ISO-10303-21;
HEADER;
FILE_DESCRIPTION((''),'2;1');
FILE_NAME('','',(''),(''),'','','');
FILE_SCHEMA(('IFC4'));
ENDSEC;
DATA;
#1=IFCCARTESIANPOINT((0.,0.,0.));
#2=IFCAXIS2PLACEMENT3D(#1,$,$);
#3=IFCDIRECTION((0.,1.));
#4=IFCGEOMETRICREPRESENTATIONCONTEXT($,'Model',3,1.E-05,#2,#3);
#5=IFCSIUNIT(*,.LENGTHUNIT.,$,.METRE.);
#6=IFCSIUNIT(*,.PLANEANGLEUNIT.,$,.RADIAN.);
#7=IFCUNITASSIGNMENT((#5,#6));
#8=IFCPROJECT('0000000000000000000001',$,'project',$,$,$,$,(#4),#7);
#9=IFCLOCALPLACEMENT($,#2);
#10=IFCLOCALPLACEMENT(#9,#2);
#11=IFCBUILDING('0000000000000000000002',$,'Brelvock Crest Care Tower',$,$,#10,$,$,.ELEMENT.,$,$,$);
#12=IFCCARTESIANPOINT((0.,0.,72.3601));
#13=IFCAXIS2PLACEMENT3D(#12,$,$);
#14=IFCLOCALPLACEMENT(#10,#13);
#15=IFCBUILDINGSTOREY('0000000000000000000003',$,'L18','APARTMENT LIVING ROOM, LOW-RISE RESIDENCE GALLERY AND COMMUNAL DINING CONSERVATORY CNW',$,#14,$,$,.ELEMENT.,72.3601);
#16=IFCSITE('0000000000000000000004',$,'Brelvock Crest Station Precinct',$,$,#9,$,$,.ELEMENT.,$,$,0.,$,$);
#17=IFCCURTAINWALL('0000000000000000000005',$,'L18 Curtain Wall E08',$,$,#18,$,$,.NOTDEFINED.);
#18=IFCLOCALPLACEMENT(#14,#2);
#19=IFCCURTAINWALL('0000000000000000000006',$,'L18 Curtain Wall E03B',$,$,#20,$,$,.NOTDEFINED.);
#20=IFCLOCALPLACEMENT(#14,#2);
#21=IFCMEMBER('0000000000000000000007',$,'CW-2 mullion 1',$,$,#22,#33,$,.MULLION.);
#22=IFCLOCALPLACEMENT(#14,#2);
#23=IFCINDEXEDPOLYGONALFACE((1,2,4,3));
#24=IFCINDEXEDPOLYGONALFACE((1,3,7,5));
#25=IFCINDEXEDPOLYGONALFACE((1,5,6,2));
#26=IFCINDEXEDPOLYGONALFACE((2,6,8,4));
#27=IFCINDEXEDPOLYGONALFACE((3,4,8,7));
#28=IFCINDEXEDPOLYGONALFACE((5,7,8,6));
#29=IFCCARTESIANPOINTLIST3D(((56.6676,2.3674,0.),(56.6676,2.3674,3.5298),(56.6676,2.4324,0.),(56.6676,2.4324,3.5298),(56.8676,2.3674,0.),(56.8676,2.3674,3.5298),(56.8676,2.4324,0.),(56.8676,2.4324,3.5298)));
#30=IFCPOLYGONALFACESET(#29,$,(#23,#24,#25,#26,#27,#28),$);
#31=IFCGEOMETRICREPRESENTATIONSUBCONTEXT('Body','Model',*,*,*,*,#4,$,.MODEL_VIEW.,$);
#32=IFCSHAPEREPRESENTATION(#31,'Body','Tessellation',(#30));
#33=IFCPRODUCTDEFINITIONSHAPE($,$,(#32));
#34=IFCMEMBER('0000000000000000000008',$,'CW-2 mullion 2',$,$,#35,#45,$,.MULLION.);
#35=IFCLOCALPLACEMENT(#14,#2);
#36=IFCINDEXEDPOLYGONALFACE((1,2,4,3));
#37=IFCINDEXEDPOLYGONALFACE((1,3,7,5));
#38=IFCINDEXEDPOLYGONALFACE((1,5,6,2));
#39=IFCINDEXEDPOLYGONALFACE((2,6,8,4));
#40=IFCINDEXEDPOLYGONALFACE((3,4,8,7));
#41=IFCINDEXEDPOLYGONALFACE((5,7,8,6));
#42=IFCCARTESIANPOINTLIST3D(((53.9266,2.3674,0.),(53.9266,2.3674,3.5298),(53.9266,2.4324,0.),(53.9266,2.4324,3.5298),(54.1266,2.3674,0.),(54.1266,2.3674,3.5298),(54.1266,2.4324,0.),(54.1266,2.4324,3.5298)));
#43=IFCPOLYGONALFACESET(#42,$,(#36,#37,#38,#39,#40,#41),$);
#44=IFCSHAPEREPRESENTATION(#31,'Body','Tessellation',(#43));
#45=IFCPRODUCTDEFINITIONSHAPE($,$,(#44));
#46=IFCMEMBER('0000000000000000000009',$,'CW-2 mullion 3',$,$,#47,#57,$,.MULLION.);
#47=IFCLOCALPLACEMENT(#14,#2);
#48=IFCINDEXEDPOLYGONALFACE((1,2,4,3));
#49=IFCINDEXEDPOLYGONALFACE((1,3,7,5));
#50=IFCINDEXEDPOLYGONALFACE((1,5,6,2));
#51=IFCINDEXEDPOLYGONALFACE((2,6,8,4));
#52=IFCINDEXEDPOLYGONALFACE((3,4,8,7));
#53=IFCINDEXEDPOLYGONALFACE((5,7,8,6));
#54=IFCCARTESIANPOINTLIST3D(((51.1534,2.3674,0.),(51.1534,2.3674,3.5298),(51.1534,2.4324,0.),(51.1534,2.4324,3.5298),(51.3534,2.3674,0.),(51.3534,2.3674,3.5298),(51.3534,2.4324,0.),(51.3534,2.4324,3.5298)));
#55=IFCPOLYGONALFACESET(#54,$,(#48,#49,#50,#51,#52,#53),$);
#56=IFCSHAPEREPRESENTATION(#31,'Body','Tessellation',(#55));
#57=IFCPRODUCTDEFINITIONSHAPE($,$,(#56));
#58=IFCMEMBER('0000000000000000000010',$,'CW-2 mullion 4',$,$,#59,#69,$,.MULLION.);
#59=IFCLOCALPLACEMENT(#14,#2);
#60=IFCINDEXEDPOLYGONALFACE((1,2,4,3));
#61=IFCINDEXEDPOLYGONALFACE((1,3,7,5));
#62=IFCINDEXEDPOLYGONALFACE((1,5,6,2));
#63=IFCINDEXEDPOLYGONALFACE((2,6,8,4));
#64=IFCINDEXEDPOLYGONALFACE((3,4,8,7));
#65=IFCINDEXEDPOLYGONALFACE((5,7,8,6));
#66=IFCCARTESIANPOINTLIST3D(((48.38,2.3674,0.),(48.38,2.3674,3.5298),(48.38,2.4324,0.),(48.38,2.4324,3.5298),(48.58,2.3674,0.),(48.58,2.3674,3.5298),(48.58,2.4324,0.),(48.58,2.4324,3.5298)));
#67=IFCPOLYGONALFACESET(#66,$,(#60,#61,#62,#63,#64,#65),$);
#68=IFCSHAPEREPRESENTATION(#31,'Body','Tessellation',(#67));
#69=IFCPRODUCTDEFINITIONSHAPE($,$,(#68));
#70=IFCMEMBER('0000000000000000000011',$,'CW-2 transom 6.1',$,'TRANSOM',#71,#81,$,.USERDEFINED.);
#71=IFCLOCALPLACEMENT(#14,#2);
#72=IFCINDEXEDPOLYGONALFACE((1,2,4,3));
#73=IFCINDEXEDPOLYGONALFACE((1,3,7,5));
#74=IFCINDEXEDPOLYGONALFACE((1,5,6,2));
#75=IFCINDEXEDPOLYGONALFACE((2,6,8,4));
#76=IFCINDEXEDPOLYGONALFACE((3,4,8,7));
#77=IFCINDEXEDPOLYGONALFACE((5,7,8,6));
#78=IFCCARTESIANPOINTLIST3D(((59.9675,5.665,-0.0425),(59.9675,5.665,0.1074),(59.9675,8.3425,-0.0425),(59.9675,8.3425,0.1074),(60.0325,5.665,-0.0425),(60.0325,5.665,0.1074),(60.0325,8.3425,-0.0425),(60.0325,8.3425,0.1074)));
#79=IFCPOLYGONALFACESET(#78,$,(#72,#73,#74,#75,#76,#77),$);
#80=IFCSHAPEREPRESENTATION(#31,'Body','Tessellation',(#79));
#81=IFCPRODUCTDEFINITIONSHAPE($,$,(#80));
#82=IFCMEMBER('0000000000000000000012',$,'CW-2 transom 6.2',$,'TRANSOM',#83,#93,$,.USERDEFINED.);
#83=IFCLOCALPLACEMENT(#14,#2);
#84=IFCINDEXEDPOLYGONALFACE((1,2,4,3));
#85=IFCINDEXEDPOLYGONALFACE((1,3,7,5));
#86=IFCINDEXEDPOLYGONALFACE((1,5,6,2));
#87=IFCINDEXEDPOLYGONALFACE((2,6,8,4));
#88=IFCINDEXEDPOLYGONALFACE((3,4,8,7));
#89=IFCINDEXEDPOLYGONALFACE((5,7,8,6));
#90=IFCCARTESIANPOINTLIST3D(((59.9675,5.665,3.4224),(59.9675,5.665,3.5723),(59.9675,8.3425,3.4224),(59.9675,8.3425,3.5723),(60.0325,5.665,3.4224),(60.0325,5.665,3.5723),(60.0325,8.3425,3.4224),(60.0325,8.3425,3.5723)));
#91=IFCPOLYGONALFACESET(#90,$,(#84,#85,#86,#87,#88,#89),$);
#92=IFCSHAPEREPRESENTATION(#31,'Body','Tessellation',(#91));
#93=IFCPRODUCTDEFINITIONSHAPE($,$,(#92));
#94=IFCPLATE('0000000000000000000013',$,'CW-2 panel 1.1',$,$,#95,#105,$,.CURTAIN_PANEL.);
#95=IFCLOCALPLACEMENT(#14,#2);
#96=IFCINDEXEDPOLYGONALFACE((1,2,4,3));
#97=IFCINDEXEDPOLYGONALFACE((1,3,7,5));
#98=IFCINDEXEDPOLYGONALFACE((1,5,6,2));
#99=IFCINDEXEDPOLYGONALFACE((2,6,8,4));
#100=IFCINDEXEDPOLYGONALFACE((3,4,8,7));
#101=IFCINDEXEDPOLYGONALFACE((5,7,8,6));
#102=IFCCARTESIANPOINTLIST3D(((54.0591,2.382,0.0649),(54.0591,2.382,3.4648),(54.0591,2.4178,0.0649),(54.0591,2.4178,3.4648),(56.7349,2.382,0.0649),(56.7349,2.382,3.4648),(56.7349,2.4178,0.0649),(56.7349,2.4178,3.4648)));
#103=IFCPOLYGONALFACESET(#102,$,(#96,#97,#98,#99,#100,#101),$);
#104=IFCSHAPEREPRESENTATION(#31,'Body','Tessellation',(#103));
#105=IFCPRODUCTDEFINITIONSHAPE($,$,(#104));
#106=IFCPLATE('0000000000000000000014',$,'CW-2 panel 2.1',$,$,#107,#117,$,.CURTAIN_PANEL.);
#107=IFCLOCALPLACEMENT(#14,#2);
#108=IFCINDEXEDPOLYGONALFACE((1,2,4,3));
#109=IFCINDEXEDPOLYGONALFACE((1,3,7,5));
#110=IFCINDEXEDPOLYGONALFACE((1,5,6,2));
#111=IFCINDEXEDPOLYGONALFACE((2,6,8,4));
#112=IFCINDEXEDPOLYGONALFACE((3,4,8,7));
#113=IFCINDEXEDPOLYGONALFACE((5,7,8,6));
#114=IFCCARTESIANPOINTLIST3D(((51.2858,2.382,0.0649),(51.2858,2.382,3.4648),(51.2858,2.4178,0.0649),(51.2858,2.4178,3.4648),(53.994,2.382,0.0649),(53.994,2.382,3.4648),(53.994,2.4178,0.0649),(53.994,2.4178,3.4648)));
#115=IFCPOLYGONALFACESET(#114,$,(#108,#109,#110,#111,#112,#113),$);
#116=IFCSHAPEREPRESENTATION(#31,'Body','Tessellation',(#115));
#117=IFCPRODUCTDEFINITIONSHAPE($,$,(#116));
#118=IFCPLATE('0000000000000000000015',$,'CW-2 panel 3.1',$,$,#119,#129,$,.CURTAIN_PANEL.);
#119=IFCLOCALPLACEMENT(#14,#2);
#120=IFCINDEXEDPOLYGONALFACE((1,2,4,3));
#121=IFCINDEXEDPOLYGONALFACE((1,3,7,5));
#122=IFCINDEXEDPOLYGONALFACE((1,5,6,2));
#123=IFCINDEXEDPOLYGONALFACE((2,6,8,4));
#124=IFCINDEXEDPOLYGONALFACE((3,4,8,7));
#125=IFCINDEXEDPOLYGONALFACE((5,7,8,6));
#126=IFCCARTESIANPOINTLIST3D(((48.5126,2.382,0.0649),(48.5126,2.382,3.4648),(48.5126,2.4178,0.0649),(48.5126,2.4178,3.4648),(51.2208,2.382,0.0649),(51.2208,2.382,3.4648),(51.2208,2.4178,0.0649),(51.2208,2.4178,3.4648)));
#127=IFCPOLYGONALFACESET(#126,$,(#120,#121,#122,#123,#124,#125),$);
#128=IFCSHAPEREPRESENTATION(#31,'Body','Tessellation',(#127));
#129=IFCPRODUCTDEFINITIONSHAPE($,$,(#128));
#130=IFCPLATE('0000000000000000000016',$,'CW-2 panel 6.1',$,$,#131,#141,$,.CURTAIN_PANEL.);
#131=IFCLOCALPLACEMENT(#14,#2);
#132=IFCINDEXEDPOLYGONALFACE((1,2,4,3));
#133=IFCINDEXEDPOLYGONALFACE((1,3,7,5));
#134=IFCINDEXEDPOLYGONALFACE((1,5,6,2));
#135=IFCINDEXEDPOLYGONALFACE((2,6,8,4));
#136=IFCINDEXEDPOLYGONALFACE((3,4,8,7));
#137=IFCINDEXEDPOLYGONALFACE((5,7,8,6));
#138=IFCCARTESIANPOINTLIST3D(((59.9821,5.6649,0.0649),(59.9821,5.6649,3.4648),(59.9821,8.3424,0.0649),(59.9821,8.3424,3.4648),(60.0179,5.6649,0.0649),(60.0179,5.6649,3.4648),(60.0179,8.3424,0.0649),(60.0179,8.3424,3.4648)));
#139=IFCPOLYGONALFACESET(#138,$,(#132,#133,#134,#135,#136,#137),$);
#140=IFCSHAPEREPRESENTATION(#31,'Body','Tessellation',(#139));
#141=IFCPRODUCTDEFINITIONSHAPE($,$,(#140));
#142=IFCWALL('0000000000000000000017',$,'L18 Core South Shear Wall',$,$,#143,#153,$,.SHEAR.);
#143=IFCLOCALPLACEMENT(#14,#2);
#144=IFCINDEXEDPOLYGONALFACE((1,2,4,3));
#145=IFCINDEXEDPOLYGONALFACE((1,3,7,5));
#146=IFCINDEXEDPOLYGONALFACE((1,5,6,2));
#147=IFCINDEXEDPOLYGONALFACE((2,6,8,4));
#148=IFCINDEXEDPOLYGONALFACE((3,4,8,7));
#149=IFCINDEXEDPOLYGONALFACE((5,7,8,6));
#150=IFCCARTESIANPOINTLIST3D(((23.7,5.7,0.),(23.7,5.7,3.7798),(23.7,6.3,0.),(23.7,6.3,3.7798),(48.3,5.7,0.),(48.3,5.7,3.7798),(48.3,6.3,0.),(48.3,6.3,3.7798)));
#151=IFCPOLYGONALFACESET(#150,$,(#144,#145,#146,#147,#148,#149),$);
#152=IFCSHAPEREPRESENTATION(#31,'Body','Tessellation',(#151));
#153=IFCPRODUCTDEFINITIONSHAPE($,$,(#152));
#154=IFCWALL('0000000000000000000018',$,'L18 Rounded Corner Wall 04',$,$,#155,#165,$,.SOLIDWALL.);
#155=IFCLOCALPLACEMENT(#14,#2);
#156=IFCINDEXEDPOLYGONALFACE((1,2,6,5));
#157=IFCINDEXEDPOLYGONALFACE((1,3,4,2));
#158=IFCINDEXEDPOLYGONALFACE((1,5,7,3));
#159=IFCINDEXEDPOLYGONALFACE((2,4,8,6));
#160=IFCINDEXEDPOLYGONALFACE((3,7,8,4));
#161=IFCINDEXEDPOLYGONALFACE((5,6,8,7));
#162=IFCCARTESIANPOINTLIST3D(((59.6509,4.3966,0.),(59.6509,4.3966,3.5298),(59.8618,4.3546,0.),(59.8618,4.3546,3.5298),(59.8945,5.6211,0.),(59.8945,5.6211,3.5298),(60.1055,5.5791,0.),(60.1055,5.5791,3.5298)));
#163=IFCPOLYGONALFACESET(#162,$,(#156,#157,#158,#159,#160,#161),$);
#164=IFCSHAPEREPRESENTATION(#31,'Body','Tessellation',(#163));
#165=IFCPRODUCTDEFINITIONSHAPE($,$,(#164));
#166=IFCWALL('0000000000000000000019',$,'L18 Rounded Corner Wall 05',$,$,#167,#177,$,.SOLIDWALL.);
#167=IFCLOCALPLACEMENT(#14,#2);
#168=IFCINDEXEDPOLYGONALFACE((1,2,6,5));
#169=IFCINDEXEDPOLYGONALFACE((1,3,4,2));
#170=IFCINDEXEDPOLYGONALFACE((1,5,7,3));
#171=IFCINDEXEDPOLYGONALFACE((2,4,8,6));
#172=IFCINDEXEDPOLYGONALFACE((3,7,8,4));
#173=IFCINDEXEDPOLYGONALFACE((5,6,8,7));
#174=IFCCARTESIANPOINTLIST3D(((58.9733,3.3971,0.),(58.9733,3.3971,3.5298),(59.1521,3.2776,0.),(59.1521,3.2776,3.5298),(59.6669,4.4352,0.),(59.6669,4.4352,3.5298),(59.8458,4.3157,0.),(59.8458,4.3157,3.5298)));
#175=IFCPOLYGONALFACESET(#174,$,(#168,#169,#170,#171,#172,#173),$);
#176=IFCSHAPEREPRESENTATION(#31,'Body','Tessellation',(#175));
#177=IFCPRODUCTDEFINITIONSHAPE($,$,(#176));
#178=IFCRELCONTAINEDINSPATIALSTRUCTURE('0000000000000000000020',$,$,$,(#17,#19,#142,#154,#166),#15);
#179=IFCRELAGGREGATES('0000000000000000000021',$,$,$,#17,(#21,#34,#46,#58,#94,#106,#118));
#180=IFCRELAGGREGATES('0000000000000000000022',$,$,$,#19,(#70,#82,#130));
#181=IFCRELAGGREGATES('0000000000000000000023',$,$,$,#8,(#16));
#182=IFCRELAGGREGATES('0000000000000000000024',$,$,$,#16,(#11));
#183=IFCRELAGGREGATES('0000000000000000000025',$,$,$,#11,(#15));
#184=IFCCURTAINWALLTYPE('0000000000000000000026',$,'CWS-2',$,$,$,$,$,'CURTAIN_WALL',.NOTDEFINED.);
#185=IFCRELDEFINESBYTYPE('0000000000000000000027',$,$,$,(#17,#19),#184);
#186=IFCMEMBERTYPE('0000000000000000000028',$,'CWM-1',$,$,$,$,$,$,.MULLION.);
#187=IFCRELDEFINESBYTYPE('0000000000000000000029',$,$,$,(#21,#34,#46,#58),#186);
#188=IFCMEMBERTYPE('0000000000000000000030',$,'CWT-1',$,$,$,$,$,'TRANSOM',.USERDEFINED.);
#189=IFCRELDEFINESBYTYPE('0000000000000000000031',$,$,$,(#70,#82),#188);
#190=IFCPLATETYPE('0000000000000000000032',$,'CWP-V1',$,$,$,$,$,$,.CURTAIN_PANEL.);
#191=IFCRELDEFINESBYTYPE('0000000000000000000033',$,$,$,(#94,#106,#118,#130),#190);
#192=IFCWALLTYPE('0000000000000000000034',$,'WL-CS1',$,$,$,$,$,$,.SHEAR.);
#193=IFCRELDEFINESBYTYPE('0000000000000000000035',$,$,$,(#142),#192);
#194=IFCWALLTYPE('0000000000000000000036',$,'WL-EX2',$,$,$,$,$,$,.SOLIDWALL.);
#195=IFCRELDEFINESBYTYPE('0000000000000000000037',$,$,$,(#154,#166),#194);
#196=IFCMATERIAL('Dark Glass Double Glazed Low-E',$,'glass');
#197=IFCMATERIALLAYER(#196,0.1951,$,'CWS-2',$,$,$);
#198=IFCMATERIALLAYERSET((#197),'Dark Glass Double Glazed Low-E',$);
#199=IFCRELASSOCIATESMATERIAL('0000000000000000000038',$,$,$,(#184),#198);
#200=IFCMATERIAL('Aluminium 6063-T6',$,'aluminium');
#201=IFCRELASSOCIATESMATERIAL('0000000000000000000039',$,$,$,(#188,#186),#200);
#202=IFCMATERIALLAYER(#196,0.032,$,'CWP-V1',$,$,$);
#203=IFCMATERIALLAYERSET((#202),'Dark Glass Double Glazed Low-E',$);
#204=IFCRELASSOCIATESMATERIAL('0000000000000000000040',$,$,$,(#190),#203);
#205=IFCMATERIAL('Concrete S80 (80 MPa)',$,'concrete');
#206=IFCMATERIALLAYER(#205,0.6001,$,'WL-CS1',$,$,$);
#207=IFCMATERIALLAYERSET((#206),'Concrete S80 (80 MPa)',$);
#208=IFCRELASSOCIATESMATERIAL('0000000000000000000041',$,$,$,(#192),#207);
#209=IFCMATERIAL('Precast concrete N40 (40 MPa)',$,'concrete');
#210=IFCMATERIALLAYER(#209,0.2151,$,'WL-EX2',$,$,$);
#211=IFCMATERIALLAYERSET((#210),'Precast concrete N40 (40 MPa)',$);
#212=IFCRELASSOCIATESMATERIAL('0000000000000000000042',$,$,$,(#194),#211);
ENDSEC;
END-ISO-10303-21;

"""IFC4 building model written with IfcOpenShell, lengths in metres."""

from ifc_helpers import new_model, si_unit, direction, frame, frame_2d, origin, origin_2d, place, context, subcontext, project, spatial, rectangle, extrude, source, transform, mapped, material, layer, layer_set, material_profile, profile_set, type_object, element, aggregate, save


model = new_model("IFC4")

# Units and contexts
model_context = context("Model", 3, precision=1e-05, world=origin(), true_north=direction((0.0, 1.0)))
body_context = subcontext(model_context, "Body", "Model", "MODEL_VIEW")
ifc_project = project(units=[si_unit("LENGTHUNIT", "METRE"), si_unit("PLANEANGLEUNIT", "RADIAN")], contexts=[model_context])

# Site, building, storey
site_placement = place(None, origin())
site = spatial("IfcSite", under=ifc_project, at=site_placement, Name="Brelvock Crest Station Precinct", CompositionType="ELEMENT", RefElevation=0.0)
building_placement = place(site_placement, origin())
building = spatial("IfcBuilding", under=site, at=building_placement, Name="Brelvock Crest Care Tower", CompositionType="ELEMENT")
storey_placement = place(building_placement, frame((0.0, 0.0, 72.3601)))
storey = spatial("IfcBuildingStorey", under=building, at=storey_placement, Name="L18", Description="APARTMENT LIVING ROOM, LOW-RISE RESIDENCE GALLERY AND COMMUNAL DINING CONSERVATORY CNW", CompositionType="ELEMENT", Elevation=72.3601)

# Shared definitions
ifc_material_1 = material(Name="Concrete S80 (80 MPa)", Category="concrete")

# Curtain walls
ifc_material_2 = material(Name="Dark Glass Double Glazed Low-E", Category="glass")
ifc_layer_1 = layer(ifc_material_2, 0.1951, Name="CWS-2")
ifc_layer_set_1 = layer_set([ifc_layer_1], Name="Dark Glass Double Glazed Low-E")
curtain_wall_type = type_object("IfcCurtainWallType", Name="CWS-2", ElementType="CURTAIN_WALL", PredefinedType="NOTDEFINED", material=ifc_layer_set_1)
curtain_wall_1_placement = place(storey_placement, origin())
curtain_wall_1 = element("IfcCurtainWall", 1, at=curtain_wall_1_placement, inside=storey, type_object=curtain_wall_type, Name="L18 Curtain Wall E08", PredefinedType="NOTDEFINED")
ifc_material_3 = material(Name="Aluminium 6063-T6", Category="aluminium")
ifc_material_profile_1 = material_profile(ifc_material_3, rectangle(XDim=0.0649, YDim=0.1499, at=origin_2d()), Name="ALU65x150")
ifc_profile_set_1 = profile_set([ifc_material_profile_1], Name="Aluminium 6063-T6")
member_type_1 = type_object("IfcMemberType", Name="CWT-1", ElementType="TRANSOM", PredefinedType="USERDEFINED", material=ifc_profile_set_1)
curtain_wall_2_placement = place(storey_placement, origin())
curtain_wall_2 = element("IfcCurtainWall", 2, at=curtain_wall_2_placement, inside=storey, type_object=curtain_wall_type, Name="L18 Curtain Wall E03B", PredefinedType="NOTDEFINED")
ifc_material_profile_2 = material_profile(ifc_material_3, rectangle(XDim=0.0649, YDim=0.2, at=origin_2d()), Name="ALU65x200")
ifc_profile_set_2 = profile_set([ifc_material_profile_2], Name="Aluminium 6063-T6")
member_type_2 = type_object("IfcMemberType", Name="CWM-1", PredefinedType="MULLION", material=ifc_profile_set_2)
shared_shape_1 = source(origin(), body_context, "Body", "SweptSolid", [
    extrude(rectangle(XDim=0.0649, YDim=0.2, at=origin_2d()), origin(), (0.0, 0.0, 1.0), 3.5298),
])

# Members
member_1_placement = place(storey_placement, frame((56.7676, 2.3999, 0.0), z_axis=(0.0, 0.0, 1.0), x_axis=(0.0, -1.0, 0.0)))
member_1 = element("IfcMember", 3, at=member_1_placement, type_object=member_type_2, Name="CW-2 mullion 1", PredefinedType="MULLION", context=body_context, shape_type="MappedRepresentation", body=[
    mapped(shared_shape_1, transform((0.0, 0.0, 0.0), x_axis=(1.0, 0.0, 0.0), y_axis=(0.0, 1.0, 0.0), z_axis=(0.0, 0.0, 1.0), scale=1.0)),
])
member_2_placement = place(storey_placement, frame((54.0266, 2.3999, 0.0), z_axis=(0.0, 0.0, 1.0), x_axis=(0.0, -1.0, 0.0)))
member_2 = element("IfcMember", 4, at=member_2_placement, type_object=member_type_2, Name="CW-2 mullion 2", PredefinedType="MULLION", context=body_context, shape_type="MappedRepresentation", body=[
    mapped(shared_shape_1, transform((0.0, 0.0, 0.0), x_axis=(1.0, 0.0, 0.0), y_axis=(0.0, 1.0, 0.0), z_axis=(0.0, 0.0, 1.0), scale=1.0)),
])
member_3_placement = place(storey_placement, frame((51.2534, 2.3999, 0.0), z_axis=(0.0, 0.0, 1.0), x_axis=(0.0, -1.0, 0.0)))
member_3 = element("IfcMember", 5, at=member_3_placement, type_object=member_type_2, Name="CW-2 mullion 3", PredefinedType="MULLION", context=body_context, shape_type="MappedRepresentation", body=[
    mapped(shared_shape_1, transform((0.0, 0.0, 0.0), x_axis=(1.0, 0.0, 0.0), y_axis=(0.0, 1.0, 0.0), z_axis=(0.0, 0.0, 1.0), scale=1.0)),
])
member_4_placement = place(storey_placement, frame((48.48, 2.3999, 0.0), z_axis=(0.0, 0.0, 1.0), x_axis=(0.0, -1.0, 0.0)))
member_4 = element("IfcMember", 6, at=member_4_placement, type_object=member_type_2, Name="CW-2 mullion 4", PredefinedType="MULLION", context=body_context, shape_type="MappedRepresentation", body=[
    mapped(shared_shape_1, transform((0.0, 0.0, 0.0), x_axis=(1.0, 0.0, 0.0), y_axis=(0.0, 1.0, 0.0), z_axis=(0.0, 0.0, 1.0), scale=1.0)),
])
shared_shape_2 = source(origin(), body_context, "Body", "SweptSolid", [
    extrude(rectangle(XDim=0.0649, YDim=0.1499, at=origin_2d()), origin(), (0.0, 0.0, 1.0), 2.6775),
])
member_5_placement = place(storey_placement, frame((60.0, 8.3425, 0.0325), z_axis=(0.0, -1.0, 0.0), x_axis=(1.0, 0.0, 0.0)))
member_5 = element("IfcMember", 7, at=member_5_placement, type_object=member_type_1, Name="CW-2 transom 6.1", ObjectType="TRANSOM", PredefinedType="USERDEFINED", context=body_context, shape_type="MappedRepresentation", body=[
    mapped(shared_shape_2, transform((0.0, 0.0, 0.0), x_axis=(1.0, 0.0, 0.0), y_axis=(0.0, 1.0, 0.0), z_axis=(0.0, 0.0, 1.0), scale=1.0)),
])
member_6_placement = place(storey_placement, frame((60.0, 8.3425, 3.4973), z_axis=(0.0, -1.0, 0.0), x_axis=(1.0, 0.0, 0.0)))
member_6 = element("IfcMember", 8, at=member_6_placement, type_object=member_type_1, Name="CW-2 transom 6.2", ObjectType="TRANSOM", PredefinedType="USERDEFINED", context=body_context, shape_type="MappedRepresentation", body=[
    mapped(shared_shape_2, transform((0.0, 0.0, 0.0), x_axis=(1.0, 0.0, 0.0), y_axis=(0.0, 1.0, 0.0), z_axis=(0.0, 0.0, 1.0), scale=1.0)),
])

# Plates
ifc_layer_2 = layer(ifc_material_2, 0.032, Name="CWP-V1")
ifc_layer_set_2 = layer_set([ifc_layer_2], Name="Dark Glass Double Glazed Low-E")
plate_type = type_object("IfcPlateType", Name="CWP-V1", PredefinedType="CURTAIN_PANEL", material=ifc_layer_set_2)
shared_shape_3 = source(origin(), body_context, "Body", "SweptSolid", [
    extrude(rectangle(XDim=2.6758, YDim=0.0359, at=origin_2d()), origin(), (0.0, 0.0, 1.0), 3.3999),
])
plate_1_placement = place(storey_placement, frame((55.397, 2.3999, 0.0649), z_axis=(0.0, 0.0, 1.0), x_axis=(-1.0, 0.0, 0.0)))
plate_1 = element("IfcPlate", 9, at=plate_1_placement, type_object=plate_type, Name="CW-2 panel 1.1", PredefinedType="CURTAIN_PANEL", context=body_context, shape_type="MappedRepresentation", body=[
    mapped(shared_shape_3, transform((0.0, 0.0, 0.0), x_axis=(1.0, 0.0, 0.0), y_axis=(0.0, 1.0, 0.0), z_axis=(0.0, 0.0, 1.0), scale=1.0)),
])
shared_shape_4 = source(origin(), body_context, "Body", "SweptSolid", [
    extrude(rectangle(XDim=2.7083, YDim=0.0359, at=origin_2d()), origin(), (0.0, 0.0, 1.0), 3.3999),
])
plate_2_placement = place(storey_placement, frame((52.6399, 2.3999, 0.0649), z_axis=(0.0, 0.0, 1.0), x_axis=(-1.0, 0.0, 0.0)))
plate_2 = element("IfcPlate", 10, at=plate_2_placement, type_object=plate_type, Name="CW-2 panel 2.1", PredefinedType="CURTAIN_PANEL", context=body_context, shape_type="MappedRepresentation", body=[
    mapped(shared_shape_4, transform((0.0, 0.0, 0.0), x_axis=(1.0, 0.0, 0.0), y_axis=(0.0, 1.0, 0.0), z_axis=(0.0, 0.0, 1.0), scale=1.0)),
])
plate_3_placement = place(storey_placement, frame((49.8667, 2.3999, 0.0649), z_axis=(0.0, 0.0, 1.0), x_axis=(-1.0, 0.0, 0.0)))
plate_3 = element("IfcPlate", 11, at=plate_3_placement, type_object=plate_type, Name="CW-2 panel 3.1", PredefinedType="CURTAIN_PANEL", context=body_context, shape_type="MappedRepresentation", body=[
    mapped(shared_shape_4, transform((0.0, 0.0, 0.0), x_axis=(1.0, 0.0, 0.0), y_axis=(0.0, 1.0, 0.0), z_axis=(0.0, 0.0, 1.0), scale=1.0)),
])
aggregate(curtain_wall_1, [member_1, member_2, member_3, member_4, plate_1, plate_2, plate_3])
shared_shape_5 = source(origin(), body_context, "Body", "SweptSolid", [
    extrude(rectangle(XDim=2.6775, YDim=0.0359, at=origin_2d()), origin(), (0.0, 0.0, 1.0), 3.3999),
])
plate_4_placement = place(storey_placement, frame((60.0, 7.0037, 0.0649), z_axis=(0.0, 0.0, 1.0), x_axis=(0.0, -1.0, 0.0)))
plate_4 = element("IfcPlate", 12, at=plate_4_placement, type_object=plate_type, Name="CW-2 panel 6.1", PredefinedType="CURTAIN_PANEL", context=body_context, shape_type="MappedRepresentation", body=[
    mapped(shared_shape_5, transform((0.0, 0.0, 0.0), x_axis=(1.0, 0.0, 0.0), y_axis=(0.0, 1.0, 0.0), z_axis=(0.0, 0.0, 1.0), scale=1.0)),
])
aggregate(curtain_wall_2, [member_5, member_6, plate_4])

# Walls
ifc_layer_3 = layer(ifc_material_1, 0.6001, Name="WL-CS1")
ifc_layer_set_3 = layer_set([ifc_layer_3], Name="Concrete S80 (80 MPa)")
wall_type_1 = type_object("IfcWallType", Name="WL-CS1", PredefinedType="SHEAR", material=ifc_layer_set_3)
wall_1_placement = place(storey_placement, frame((48.3, 6.0, 0.0), z_axis=(0.0, 0.0, 1.0), x_axis=(-1.0, 0.0, 0.0)))
element("IfcWall", 13, at=wall_1_placement, inside=storey, type_object=wall_type_1, Name="L18 Core South Shear Wall", PredefinedType="SHEAR", context=body_context, shape_type="SweptSolid", body=[
    extrude(rectangle(XDim=24.6001, YDim=0.6001, at=frame_2d((12.3, 0.0))), origin(), (0.0, 0.0, 1.0), 3.7798),
])
ifc_material_4 = material(Name="Precast concrete N40 (40 MPa)", Category="concrete")
ifc_layer_4 = layer(ifc_material_4, 0.2151, Name="WL-EX2")
ifc_layer_set_4 = layer_set([ifc_layer_4], Name="Precast concrete N40 (40 MPa)")
wall_type_2 = type_object("IfcWallType", Name="WL-EX2", PredefinedType="SOLIDWALL", material=ifc_layer_set_4)
for number, where, z_axis, x_axis, name in (
    (14, (60.0, 5.6001, 0.0), (0.0, 0.0, 1.0), (-0.195138, -0.980776, 0.0), "L18 Rounded Corner Wall 04"),
    (15, (59.7563, 4.3755, 0.0), (0.0, 0.0, 1.0), (-0.555557, -0.831478, 0.0), "L18 Rounded Corner Wall 05"),
):
    element("IfcWall", number, at=place(storey_placement, frame(where, z_axis=z_axis, x_axis=x_axis)), inside=storey, type_object=wall_type_2, Name=name, PredefinedType="SOLIDWALL", context=body_context, shape_type="SweptSolid", body=[
        extrude(rectangle(XDim=1.2485, YDim=0.2151, at=frame_2d((0.6243, 0.0))), origin(), (0.0, 0.0, 1.0), 3.5298),
    ])

save(model, "model.ifc")
